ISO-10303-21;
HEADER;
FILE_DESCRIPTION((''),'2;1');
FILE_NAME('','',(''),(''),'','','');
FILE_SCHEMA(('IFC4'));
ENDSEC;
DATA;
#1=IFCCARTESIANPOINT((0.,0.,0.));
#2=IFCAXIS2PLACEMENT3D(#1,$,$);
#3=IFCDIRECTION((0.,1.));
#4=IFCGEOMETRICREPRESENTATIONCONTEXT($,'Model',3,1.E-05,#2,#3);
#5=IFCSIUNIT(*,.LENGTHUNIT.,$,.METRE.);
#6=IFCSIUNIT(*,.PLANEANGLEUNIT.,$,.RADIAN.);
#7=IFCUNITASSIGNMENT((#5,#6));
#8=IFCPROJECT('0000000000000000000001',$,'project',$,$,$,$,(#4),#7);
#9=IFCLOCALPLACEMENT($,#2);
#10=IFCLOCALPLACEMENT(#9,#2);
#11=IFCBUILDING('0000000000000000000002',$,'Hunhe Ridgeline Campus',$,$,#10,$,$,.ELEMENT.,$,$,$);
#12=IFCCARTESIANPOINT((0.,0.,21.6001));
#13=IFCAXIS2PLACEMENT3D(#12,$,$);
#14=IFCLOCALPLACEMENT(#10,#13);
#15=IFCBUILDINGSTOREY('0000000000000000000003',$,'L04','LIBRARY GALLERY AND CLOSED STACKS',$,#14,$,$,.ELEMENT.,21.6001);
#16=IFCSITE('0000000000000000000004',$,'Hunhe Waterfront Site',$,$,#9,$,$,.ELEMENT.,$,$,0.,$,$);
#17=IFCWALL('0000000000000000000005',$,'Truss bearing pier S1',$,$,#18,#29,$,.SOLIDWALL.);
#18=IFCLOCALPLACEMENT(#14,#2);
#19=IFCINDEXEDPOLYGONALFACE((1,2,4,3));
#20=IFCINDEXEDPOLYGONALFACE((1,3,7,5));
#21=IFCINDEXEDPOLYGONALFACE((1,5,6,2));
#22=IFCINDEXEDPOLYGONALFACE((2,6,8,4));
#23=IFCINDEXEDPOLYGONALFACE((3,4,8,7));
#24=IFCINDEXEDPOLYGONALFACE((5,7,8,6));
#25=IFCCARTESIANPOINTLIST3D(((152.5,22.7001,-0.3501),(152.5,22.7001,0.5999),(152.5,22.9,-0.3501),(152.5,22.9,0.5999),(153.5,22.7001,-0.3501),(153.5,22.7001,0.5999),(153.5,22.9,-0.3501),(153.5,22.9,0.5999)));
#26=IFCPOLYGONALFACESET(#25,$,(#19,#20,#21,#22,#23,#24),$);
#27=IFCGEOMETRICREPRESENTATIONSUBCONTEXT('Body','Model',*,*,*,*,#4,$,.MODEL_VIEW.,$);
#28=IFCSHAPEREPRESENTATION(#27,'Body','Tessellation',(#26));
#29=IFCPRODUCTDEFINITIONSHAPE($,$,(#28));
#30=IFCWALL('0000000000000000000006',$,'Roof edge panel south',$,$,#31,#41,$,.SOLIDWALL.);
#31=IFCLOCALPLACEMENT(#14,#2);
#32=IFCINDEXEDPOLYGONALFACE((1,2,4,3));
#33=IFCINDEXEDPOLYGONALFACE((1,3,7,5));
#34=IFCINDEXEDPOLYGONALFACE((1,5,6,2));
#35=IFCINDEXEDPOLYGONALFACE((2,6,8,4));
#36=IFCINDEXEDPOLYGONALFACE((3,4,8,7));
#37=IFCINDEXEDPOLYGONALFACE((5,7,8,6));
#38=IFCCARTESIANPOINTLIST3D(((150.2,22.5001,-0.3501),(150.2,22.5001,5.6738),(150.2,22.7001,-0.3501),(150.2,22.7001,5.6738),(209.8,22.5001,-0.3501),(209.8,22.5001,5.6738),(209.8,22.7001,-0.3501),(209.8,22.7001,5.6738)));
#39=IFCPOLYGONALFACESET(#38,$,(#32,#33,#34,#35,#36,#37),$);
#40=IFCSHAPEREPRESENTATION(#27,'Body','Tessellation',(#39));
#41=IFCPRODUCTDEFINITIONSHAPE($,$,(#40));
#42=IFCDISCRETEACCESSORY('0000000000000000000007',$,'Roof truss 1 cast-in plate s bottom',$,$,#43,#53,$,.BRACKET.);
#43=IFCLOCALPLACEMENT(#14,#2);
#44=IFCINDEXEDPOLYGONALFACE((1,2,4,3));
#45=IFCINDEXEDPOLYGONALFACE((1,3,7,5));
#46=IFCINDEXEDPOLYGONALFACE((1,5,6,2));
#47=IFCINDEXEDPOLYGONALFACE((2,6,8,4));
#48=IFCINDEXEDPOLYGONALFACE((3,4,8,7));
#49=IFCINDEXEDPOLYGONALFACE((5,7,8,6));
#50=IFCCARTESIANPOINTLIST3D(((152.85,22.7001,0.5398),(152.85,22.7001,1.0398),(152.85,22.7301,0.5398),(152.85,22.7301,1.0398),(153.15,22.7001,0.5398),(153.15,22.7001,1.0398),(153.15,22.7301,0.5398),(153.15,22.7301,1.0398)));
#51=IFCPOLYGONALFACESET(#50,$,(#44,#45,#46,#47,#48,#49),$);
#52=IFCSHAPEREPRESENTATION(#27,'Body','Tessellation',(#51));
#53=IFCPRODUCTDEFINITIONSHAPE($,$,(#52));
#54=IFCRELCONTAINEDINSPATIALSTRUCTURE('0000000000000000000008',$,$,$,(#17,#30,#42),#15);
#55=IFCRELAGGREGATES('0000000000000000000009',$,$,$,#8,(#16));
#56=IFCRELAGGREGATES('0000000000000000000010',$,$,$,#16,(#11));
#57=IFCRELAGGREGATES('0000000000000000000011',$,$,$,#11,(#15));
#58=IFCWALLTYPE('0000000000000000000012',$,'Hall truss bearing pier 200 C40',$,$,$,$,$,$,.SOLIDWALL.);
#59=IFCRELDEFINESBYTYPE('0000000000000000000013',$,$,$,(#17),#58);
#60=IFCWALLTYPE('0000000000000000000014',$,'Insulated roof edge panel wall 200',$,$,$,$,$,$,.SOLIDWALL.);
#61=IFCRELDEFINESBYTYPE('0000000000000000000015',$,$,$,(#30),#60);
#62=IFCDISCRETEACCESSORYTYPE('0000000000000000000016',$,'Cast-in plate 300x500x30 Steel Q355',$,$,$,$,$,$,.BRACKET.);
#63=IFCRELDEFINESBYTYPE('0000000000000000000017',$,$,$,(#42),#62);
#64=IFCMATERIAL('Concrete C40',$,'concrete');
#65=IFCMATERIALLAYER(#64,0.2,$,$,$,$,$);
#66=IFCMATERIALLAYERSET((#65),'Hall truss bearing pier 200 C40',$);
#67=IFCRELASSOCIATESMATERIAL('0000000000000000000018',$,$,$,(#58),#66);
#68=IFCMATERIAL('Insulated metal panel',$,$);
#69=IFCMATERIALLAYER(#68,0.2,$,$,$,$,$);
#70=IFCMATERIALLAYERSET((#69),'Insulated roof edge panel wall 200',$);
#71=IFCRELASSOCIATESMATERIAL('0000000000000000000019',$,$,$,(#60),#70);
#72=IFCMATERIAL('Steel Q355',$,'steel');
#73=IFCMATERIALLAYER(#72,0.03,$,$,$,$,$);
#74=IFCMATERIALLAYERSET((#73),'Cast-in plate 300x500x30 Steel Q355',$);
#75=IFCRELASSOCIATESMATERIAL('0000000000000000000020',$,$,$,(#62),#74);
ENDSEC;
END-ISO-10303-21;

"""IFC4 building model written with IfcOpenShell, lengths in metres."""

from ifc_helpers import new_model, si_unit, direction, frame, frame_2d, origin, origin_2d, place, context, subcontext, project, spatial, rectangle, extrude, material, layer, layer_set, type_object, element, save


model = new_model("IFC4")

# Units and contexts
model_context = context("Model", 3, precision=1e-05, world=origin(), true_north=direction((0.0, 1.0)))
body_context = subcontext(model_context, "Body", "Model", "MODEL_VIEW")
ifc_project = project(units=[si_unit("LENGTHUNIT", "METRE"), si_unit("PLANEANGLEUNIT", "RADIAN")], contexts=[model_context])

# Site, building, storey
site_placement = place(None, origin())
site = spatial("IfcSite", under=ifc_project, at=site_placement, Name="Hunhe Waterfront Site", CompositionType="ELEMENT", RefElevation=0.0)
building_placement = place(site_placement, origin())
building = spatial("IfcBuilding", under=site, at=building_placement, Name="Hunhe Ridgeline Campus", CompositionType="ELEMENT")
storey_placement = place(building_placement, frame((0.0, 0.0, 21.6001)))
storey = spatial("IfcBuildingStorey", under=building, at=storey_placement, Name="L04", Description="LIBRARY GALLERY AND CLOSED STACKS", CompositionType="ELEMENT", Elevation=21.6001)

# Shared definitions
ifc_material_1 = material(Name="Steel Q355", Category="steel")

# Walls
ifc_material_2 = material(Name="Concrete C40", Category="concrete")
ifc_layer_1 = layer(ifc_material_2, 0.2)
ifc_layer_set_1 = layer_set([ifc_layer_1], Name="Hall truss bearing pier 200 C40")
wall_type_1 = type_object("IfcWallType", Name="Hall truss bearing pier 200 C40", PredefinedType="SOLIDWALL", material=ifc_layer_set_1)
wall_1_placement = place(storey_placement, frame((153.5, 22.8, -0.3501), z_axis=(0.0, 0.0, 1.0), x_axis=(-1.0, 0.0, 0.0)))
element("IfcWall", 1, at=wall_1_placement, inside=storey, type_object=wall_type_1, Name="Truss bearing pier S1", PredefinedType="SOLIDWALL", context=body_context, shape_type="SweptSolid", body=[
    extrude(rectangle(XDim=1.0, YDim=0.2, at=frame_2d((0.5, 0.0))), origin(), (0.0, 0.0, 1.0), 0.95),
])
ifc_material_3 = material(Name="Insulated metal panel")
ifc_layer_2 = layer(ifc_material_3, 0.2)
ifc_layer_set_2 = layer_set([ifc_layer_2], Name="Insulated roof edge panel wall 200")
wall_type_2 = type_object("IfcWallType", Name="Insulated roof edge panel wall 200", PredefinedType="SOLIDWALL", material=ifc_layer_set_2)
wall_2_placement = place(storey_placement, frame((150.2, 22.6001, -0.3501), z_axis=(0.0, 0.0, 1.0), x_axis=(1.0, 0.0, 0.0)))
element("IfcWall", 2, at=wall_2_placement, inside=storey, type_object=wall_type_2, Name="Roof edge panel south", PredefinedType="SOLIDWALL", context=body_context, shape_type="SweptSolid", body=[
    extrude(rectangle(XDim=59.6001, YDim=0.2, at=frame_2d((29.8, 0.0))), origin(), (0.0, 0.0, 1.0), 6.0239),
])

# Discrete accessory
ifc_layer_3 = layer(ifc_material_1, 0.03)
ifc_layer_set_3 = layer_set([ifc_layer_3], Name="Cast-in plate 300x500x30 Steel Q355")
discrete_accessory_type = type_object("IfcDiscreteAccessoryType", Name="Cast-in plate 300x500x30 Steel Q355", PredefinedType="BRACKET", material=ifc_layer_set_3)
discrete_accessory_placement = place(storey_placement, frame((153.0, 22.7151, 0.5398), z_axis=(0.0, 0.0, 1.0), x_axis=(0.0, 1.0, 0.0)))
element("IfcDiscreteAccessory", 3, at=discrete_accessory_placement, inside=storey, type_object=discrete_accessory_type, Name="Roof truss 1 cast-in plate s bottom", PredefinedType="BRACKET", context=body_context, shape_type="SweptSolid", body=[
    extrude(rectangle(XDim=0.03, YDim=0.3, at=origin_2d()), origin(), (0.0, 0.0, 1.0), 0.5),
])

save(model, "model.ifc")
